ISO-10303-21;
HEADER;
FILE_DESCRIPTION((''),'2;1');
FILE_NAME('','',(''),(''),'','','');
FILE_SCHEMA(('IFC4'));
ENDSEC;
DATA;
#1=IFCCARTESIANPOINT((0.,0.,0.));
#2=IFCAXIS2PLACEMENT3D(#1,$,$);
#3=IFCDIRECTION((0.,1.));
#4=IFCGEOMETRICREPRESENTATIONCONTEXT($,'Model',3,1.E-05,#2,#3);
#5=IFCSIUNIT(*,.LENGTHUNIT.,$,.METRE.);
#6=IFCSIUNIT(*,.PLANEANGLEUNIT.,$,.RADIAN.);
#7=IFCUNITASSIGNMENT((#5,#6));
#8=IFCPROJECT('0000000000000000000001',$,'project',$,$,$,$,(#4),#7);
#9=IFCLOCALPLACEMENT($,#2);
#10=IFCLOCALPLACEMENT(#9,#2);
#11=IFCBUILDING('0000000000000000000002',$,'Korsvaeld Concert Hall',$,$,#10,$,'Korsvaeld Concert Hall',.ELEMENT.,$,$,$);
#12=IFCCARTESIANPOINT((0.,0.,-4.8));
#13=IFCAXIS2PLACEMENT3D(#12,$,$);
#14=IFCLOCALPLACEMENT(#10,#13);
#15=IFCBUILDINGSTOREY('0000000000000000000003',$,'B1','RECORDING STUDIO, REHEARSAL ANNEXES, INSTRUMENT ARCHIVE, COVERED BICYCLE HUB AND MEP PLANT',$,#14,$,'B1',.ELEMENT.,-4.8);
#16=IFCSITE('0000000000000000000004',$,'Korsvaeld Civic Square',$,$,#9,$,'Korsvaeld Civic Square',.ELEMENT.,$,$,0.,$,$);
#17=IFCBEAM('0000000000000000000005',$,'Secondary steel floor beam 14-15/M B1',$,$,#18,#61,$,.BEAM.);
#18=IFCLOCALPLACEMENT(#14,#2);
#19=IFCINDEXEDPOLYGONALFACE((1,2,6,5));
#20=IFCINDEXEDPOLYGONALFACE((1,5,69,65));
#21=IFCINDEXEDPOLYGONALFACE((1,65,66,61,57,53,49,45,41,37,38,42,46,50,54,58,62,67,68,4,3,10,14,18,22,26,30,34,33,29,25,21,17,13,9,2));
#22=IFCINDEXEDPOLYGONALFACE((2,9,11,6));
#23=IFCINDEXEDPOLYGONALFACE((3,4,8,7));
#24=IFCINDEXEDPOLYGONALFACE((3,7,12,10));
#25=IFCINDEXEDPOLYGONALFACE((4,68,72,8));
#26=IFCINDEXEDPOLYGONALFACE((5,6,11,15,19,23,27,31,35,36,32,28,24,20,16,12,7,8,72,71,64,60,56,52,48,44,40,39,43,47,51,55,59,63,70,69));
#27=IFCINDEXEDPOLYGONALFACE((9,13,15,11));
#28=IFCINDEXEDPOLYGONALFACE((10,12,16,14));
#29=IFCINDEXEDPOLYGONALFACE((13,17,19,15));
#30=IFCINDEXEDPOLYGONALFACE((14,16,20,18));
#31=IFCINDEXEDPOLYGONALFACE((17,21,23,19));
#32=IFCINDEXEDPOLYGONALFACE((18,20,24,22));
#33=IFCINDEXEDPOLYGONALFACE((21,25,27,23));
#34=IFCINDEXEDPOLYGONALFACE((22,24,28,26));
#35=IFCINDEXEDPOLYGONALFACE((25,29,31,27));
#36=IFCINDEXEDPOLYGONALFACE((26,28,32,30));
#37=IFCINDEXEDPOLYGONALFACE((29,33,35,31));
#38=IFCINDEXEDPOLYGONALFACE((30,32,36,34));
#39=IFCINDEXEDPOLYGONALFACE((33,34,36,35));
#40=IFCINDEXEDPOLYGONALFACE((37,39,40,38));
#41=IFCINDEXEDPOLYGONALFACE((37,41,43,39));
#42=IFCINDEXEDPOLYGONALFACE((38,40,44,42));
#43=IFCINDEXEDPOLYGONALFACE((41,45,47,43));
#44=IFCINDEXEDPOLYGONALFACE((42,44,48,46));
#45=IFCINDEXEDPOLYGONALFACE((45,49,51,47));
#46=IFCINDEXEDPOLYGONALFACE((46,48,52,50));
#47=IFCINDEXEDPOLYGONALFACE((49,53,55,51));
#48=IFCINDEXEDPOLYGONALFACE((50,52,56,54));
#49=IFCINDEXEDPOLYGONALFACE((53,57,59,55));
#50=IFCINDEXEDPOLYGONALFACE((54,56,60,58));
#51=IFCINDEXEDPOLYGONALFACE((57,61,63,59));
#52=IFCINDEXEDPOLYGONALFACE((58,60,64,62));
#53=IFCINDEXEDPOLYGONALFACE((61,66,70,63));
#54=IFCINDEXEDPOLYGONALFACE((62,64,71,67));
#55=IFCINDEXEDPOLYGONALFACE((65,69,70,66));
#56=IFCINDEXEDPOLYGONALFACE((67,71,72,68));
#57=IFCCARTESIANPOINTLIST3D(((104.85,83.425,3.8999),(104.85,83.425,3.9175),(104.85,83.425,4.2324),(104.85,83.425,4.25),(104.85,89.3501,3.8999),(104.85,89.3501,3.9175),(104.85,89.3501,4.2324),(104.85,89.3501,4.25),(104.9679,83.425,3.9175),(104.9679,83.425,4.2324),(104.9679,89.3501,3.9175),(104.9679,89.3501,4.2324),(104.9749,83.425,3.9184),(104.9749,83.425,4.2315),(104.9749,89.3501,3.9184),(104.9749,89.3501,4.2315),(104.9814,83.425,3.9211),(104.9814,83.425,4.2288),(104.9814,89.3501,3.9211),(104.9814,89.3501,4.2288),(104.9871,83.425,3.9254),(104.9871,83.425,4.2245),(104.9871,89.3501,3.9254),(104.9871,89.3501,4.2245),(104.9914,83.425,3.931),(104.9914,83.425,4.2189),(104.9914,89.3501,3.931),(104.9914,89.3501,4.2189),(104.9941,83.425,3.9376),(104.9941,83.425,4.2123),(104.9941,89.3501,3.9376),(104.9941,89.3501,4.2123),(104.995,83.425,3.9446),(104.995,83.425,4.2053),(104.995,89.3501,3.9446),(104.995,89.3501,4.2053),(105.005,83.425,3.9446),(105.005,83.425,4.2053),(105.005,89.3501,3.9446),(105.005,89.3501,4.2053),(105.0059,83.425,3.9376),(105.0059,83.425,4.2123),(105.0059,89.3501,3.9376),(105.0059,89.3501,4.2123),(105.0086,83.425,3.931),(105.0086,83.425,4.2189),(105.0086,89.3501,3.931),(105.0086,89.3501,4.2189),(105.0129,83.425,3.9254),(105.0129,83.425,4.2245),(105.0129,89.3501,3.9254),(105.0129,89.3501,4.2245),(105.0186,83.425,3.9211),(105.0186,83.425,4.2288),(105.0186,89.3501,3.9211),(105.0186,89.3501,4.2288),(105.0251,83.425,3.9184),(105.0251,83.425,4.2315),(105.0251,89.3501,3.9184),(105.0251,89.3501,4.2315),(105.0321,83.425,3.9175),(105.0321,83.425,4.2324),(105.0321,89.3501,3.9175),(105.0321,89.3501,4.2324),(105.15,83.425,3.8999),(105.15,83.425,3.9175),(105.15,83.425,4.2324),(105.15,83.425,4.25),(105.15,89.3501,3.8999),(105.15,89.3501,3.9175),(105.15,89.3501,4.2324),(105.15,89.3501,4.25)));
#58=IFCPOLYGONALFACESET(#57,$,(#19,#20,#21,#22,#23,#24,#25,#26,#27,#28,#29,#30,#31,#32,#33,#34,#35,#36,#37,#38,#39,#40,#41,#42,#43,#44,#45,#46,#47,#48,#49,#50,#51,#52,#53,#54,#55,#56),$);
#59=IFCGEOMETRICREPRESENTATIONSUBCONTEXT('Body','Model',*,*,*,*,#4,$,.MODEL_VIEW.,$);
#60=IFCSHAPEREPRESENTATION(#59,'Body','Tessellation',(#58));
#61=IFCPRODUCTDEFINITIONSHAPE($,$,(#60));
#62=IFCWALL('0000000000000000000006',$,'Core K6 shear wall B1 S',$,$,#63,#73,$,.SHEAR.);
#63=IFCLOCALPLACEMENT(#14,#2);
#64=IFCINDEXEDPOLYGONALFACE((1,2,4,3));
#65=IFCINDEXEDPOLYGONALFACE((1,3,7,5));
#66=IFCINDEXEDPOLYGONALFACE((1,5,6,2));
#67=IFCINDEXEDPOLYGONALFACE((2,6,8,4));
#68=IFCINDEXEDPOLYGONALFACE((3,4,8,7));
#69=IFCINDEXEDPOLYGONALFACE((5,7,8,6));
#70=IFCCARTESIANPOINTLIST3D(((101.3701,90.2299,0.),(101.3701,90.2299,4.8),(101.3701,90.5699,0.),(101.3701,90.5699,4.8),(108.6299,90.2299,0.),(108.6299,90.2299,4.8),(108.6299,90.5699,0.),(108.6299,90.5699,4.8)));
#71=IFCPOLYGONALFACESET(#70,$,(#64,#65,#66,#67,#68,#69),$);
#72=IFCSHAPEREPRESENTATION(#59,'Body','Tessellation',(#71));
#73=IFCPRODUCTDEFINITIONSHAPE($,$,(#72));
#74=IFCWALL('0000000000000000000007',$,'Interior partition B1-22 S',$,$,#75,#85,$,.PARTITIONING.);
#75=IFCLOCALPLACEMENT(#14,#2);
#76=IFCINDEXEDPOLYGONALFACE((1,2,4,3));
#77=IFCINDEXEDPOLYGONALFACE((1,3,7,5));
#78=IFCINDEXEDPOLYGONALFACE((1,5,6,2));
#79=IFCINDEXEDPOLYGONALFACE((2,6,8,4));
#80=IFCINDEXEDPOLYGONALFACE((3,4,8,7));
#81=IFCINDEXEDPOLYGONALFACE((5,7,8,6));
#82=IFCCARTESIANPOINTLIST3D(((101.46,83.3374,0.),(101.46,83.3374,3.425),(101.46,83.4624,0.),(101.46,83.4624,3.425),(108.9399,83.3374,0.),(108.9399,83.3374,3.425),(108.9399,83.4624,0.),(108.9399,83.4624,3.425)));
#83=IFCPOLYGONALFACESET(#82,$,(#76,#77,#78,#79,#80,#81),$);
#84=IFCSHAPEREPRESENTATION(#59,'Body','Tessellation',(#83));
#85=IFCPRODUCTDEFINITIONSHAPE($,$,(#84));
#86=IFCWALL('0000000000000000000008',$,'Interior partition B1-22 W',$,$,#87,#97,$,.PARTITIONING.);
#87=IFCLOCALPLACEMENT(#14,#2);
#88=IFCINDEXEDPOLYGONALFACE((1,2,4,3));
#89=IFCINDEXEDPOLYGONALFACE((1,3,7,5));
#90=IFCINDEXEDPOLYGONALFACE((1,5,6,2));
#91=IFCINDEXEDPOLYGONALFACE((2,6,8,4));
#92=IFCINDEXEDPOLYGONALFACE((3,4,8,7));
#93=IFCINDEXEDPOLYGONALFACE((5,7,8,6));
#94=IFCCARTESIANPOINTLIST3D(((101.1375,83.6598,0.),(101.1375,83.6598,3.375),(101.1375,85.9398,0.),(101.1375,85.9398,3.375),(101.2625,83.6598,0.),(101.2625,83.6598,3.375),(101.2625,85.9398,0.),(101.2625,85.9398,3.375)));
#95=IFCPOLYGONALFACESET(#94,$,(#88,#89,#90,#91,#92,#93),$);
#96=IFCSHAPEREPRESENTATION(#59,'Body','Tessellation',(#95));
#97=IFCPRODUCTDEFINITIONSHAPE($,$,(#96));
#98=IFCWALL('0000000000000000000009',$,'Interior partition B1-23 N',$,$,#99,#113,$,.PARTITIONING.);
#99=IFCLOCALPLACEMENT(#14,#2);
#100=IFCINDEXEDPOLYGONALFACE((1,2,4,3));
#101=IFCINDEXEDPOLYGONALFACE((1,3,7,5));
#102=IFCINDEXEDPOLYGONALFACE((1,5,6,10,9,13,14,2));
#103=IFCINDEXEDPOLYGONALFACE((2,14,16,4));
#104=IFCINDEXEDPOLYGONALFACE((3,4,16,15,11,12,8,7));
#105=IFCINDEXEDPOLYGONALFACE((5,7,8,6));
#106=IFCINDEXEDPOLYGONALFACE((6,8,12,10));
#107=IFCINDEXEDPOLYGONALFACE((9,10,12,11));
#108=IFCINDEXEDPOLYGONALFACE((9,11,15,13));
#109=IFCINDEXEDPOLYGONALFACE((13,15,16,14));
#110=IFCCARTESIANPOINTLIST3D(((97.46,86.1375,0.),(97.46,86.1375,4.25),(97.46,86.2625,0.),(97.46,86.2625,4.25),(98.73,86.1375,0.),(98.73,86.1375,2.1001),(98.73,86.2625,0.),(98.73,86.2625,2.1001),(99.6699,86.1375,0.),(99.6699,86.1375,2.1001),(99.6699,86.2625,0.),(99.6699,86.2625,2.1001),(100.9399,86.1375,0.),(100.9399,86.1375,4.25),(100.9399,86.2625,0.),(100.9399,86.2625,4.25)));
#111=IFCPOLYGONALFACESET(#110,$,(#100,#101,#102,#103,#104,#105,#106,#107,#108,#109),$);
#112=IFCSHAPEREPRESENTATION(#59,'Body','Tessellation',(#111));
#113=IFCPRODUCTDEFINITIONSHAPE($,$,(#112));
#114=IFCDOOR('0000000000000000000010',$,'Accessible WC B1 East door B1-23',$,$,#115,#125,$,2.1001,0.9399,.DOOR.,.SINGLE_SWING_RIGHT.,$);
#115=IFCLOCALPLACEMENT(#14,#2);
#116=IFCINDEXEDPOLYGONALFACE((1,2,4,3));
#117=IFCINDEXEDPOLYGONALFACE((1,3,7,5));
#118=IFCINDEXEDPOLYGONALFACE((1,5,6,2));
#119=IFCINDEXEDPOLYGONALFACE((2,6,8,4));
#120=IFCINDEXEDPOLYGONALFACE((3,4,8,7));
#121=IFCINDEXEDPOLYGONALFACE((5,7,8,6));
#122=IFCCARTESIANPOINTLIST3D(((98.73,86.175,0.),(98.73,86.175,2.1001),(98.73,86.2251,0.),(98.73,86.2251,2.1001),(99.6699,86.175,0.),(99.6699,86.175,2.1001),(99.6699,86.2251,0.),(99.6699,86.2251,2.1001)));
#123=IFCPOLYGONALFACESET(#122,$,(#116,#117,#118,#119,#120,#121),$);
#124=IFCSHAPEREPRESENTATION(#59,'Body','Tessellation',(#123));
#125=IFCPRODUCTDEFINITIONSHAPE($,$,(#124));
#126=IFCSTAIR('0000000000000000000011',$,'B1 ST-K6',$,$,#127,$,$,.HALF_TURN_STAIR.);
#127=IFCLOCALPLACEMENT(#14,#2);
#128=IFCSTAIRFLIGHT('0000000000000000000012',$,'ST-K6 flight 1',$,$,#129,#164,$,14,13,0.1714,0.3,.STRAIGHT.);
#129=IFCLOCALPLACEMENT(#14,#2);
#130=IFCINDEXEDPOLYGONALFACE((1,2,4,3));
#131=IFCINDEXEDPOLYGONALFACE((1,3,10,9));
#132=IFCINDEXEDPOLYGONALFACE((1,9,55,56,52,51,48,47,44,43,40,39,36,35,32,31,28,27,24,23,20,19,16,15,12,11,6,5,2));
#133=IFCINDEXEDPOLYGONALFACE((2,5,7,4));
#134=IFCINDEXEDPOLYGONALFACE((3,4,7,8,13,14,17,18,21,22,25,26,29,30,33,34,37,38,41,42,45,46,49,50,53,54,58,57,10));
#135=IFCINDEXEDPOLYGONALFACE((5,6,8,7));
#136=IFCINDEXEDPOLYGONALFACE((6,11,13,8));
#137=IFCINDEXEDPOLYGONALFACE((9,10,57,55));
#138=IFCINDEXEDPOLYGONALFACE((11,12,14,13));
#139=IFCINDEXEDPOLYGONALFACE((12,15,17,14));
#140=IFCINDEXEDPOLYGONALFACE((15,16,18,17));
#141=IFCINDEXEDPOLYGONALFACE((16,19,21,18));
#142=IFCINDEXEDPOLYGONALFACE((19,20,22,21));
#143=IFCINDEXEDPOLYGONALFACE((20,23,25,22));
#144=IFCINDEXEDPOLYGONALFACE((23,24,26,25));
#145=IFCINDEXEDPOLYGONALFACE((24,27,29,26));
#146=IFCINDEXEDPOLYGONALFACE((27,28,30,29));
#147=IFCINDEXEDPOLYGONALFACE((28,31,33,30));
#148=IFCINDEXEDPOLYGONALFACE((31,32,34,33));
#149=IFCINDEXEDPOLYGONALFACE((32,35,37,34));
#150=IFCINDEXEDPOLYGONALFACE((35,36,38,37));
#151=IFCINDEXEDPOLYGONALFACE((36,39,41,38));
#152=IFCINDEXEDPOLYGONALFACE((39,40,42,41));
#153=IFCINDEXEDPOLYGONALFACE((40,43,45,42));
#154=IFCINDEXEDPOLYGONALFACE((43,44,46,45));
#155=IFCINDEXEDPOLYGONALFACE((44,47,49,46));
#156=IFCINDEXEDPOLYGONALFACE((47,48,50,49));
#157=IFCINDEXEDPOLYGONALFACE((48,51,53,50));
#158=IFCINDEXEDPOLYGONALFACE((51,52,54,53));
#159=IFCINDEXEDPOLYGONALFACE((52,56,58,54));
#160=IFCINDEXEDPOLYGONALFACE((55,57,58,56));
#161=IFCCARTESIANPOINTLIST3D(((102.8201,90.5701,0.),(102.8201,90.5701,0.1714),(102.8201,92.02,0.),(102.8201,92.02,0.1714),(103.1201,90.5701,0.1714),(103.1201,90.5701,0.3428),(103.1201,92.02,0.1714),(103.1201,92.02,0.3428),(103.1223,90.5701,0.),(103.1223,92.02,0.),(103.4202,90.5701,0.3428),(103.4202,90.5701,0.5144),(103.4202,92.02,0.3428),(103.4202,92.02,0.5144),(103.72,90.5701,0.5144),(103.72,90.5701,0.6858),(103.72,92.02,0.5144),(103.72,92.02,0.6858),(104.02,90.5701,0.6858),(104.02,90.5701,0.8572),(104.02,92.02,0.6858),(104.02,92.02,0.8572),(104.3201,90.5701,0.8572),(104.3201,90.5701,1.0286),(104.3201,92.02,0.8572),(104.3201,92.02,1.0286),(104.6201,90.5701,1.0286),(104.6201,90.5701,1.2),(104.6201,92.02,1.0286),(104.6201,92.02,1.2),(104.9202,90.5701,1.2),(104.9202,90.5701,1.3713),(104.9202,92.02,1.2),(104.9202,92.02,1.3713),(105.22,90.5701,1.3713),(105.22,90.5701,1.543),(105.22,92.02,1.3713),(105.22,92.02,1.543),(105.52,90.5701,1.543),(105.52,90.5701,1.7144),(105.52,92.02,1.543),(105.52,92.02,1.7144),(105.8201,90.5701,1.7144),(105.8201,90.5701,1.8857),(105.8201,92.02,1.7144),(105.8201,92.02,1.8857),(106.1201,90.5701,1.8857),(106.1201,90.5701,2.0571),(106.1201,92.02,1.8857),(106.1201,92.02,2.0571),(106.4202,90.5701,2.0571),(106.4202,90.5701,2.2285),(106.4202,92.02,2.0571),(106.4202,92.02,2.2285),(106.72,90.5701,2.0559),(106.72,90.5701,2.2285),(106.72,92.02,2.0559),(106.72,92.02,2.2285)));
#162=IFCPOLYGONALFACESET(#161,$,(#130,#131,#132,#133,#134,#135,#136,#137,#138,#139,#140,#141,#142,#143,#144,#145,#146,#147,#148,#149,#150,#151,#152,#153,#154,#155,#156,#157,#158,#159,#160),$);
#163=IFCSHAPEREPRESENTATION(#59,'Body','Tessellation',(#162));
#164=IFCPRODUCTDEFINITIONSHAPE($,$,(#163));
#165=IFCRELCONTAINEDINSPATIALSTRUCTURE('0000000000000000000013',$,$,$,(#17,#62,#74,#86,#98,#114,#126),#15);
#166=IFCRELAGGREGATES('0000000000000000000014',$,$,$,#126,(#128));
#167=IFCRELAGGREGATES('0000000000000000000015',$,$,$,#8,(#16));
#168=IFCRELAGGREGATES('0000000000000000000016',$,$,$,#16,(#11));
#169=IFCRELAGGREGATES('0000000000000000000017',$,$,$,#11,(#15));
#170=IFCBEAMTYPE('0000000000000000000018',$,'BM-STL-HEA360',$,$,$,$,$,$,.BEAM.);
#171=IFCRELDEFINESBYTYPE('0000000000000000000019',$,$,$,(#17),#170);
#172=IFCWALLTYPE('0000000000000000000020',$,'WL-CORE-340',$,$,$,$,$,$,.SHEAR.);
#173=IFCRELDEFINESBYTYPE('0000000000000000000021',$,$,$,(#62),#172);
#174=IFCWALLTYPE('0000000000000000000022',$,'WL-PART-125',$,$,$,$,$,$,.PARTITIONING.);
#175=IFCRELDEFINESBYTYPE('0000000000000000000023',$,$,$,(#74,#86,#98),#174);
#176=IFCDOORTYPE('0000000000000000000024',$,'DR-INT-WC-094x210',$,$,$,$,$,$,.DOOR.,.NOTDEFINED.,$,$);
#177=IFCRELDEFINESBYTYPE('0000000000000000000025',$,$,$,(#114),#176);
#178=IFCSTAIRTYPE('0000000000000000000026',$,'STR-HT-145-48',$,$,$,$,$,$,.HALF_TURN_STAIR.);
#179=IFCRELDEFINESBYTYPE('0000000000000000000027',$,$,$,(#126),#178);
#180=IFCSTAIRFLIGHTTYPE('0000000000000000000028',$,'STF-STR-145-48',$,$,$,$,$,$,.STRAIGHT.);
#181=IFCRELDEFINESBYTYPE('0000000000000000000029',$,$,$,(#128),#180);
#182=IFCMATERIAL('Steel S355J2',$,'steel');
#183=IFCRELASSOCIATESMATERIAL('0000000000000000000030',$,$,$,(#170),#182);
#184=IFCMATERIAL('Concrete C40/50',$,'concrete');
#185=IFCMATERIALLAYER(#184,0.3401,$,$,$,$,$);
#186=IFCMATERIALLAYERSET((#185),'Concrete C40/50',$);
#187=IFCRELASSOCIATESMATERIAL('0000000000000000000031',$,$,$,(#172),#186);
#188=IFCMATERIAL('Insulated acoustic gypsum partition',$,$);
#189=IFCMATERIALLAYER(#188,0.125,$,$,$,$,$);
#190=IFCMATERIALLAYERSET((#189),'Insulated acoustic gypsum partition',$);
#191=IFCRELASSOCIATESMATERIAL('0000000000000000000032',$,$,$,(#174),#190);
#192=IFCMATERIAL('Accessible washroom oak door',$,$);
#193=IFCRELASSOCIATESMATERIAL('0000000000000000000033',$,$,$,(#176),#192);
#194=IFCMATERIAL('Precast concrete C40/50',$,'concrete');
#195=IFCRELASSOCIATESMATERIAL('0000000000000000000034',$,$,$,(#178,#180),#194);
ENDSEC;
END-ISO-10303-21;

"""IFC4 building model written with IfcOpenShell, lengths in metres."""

from ifc_helpers import new_model, si_unit, direction, frame, frame_2d, origin, origin_2d, place, context, subcontext, project, spatial, polyline, rectangle, i_section, outline, extrude, material, layer, layer_set, material_profile, profile_set, type_object, element, fill, aggregate, save


model = new_model("IFC4")

# Units and contexts
model_context = context("Model", 3, precision=1e-05, world=origin(), true_north=direction((0.0, 1.0)))
body_context = subcontext(model_context, "Body", "Model", "MODEL_VIEW")
ifc_project = project(units=[si_unit("LENGTHUNIT", "METRE"), si_unit("PLANEANGLEUNIT", "RADIAN")], contexts=[model_context])

# Site, building, storey
site_placement = place(None, origin())
site = spatial("IfcSite", under=ifc_project, at=site_placement, Name="Korsvaeld Civic Square", LongName="Korsvaeld Civic Square", CompositionType="ELEMENT", RefElevation=0.0)
building_placement = place(site_placement, origin())
building = spatial("IfcBuilding", under=site, at=building_placement, Name="Korsvaeld Concert Hall", LongName="Korsvaeld Concert Hall", CompositionType="ELEMENT")
storey_placement = place(building_placement, frame((0.0, 0.0, -4.8)))
storey = spatial("IfcBuildingStorey", under=building, at=storey_placement, Name="B1", Description="RECORDING STUDIO, REHEARSAL ANNEXES, INSTRUMENT ARCHIVE, COVERED BICYCLE HUB AND MEP PLANT", LongName="B1", CompositionType="ELEMENT", Elevation=-4.8)

# Shared definitions
ifc_material_1 = material(Name="Concrete C40/50", Category="concrete")

# Beam
ifc_material_2 = material(Name="Steel S355J2", Category="steel")
ifc_material_profile_1 = material_profile(ifc_material_2, i_section(OverallWidth=0.3, OverallDepth=0.3501, WebThickness=0.01, FlangeThickness=0.0176, FilletRadius=0.0271, at=origin_2d()), Name="HEA 360")
ifc_profile_set_1 = profile_set([ifc_material_profile_1], Name="Steel S355J2")
beam_type_1 = type_object("IfcBeamType", Name="BM-STL-HEA360", PredefinedType="BEAM", material=ifc_profile_set_1)
beam_1_placement = place(storey_placement, frame((105.0, 83.425, 4.075), z_axis=(0.0, 1.0, 0.0), x_axis=(-1.0, 0.0, 0.0)))
element("IfcBeam", 1, at=beam_1_placement, inside=storey, type_object=beam_type_1, Name="Secondary steel floor beam 14-15/M B1", PredefinedType="BEAM", context=body_context, shape_type="SweptSolid", body=[
    extrude(i_section(OverallWidth=0.3, OverallDepth=0.3501, WebThickness=0.01, FlangeThickness=0.0176, FilletRadius=0.0271, at=origin_2d()), origin(), (0.0, 0.0, 1.0), 5.925),
])

# Walls
ifc_layer_1 = layer(ifc_material_1, 0.3401)
ifc_layer_set_1 = layer_set([ifc_layer_1], Name="Concrete C40/50")
wall_type_1 = type_object("IfcWallType", Name="WL-CORE-340", PredefinedType="SHEAR", material=ifc_layer_set_1)
wall_1_placement = place(storey_placement, frame((101.3701, 90.3999, 0.0), z_axis=(0.0, 0.0, 1.0), x_axis=(1.0, 0.0, 0.0)))
element("IfcWall", 2, at=wall_1_placement, inside=storey, type_object=wall_type_1, Name="Core K6 shear wall B1 S", PredefinedType="SHEAR", context=body_context, shape_type="SweptSolid", body=[
    extrude(rectangle(XDim=7.2598, YDim=0.3401, at=frame_2d((3.6299, 0.0))), origin(), (0.0, 0.0, 1.0), 4.8),
])
ifc_material_3 = material(Name="Insulated acoustic gypsum partition")
ifc_layer_2 = layer(ifc_material_3, 0.125)
ifc_layer_set_2 = layer_set([ifc_layer_2], Name="Insulated acoustic gypsum partition")
wall_type_2 = type_object("IfcWallType", Name="WL-PART-125", PredefinedType="PARTITIONING", material=ifc_layer_set_2)
wall_2_placement = place(storey_placement, frame((101.46, 83.3999, 0.0), z_axis=(0.0, 0.0, 1.0), x_axis=(1.0, 0.0, 0.0)))
element("IfcWall", 3, at=wall_2_placement, inside=storey, type_object=wall_type_2, Name="Interior partition B1-22 S", PredefinedType="PARTITIONING", context=body_context, shape_type="SweptSolid", body=[
    extrude(rectangle(XDim=7.48, YDim=0.125, at=frame_2d((3.74, 0.0))), origin(), (0.0, 0.0, 1.0), 3.425),
])
wall_3_placement = place(storey_placement, frame((101.2, 85.9399, 0.0), z_axis=(0.0, 0.0, 1.0), x_axis=(0.0, -1.0, 0.0)))
element("IfcWall", 4, at=wall_3_placement, inside=storey, type_object=wall_type_2, Name="Interior partition B1-22 W", PredefinedType="PARTITIONING", context=body_context, shape_type="SweptSolid", body=[
    extrude(rectangle(XDim=2.28, YDim=0.125, at=frame_2d((1.1401, 0.0))), origin(), (0.0, 0.0, 1.0), 3.375),
])

# Wall, opening, door
wall_4_placement = place(storey_placement, frame((100.9399, 86.2, 0.0), z_axis=(0.0, 0.0, 1.0), x_axis=(-1.0, 0.0, 0.0)))
wall_4 = element("IfcWall", 5, at=wall_4_placement, inside=storey, type_object=wall_type_2, Name="Interior partition B1-23 N", PredefinedType="PARTITIONING", context=body_context, shape_type="SweptSolid", body=[
    extrude(rectangle(XDim=3.48, YDim=0.125, at=frame_2d((1.74, 0.0))), origin(), (0.0, 0.0, 1.0), 4.25),
])
opening_placement = place(wall_4_placement, frame((1.27, 0.0, 0.0)))
opening = element("IfcOpeningElement", 6, at=opening_placement, cuts=wall_4, PredefinedType="OPENING", context=body_context, shape_type="SweptSolid", body=[
    extrude(rectangle(XDim=0.9399, YDim=2.1001, at=frame_2d((0.47, 1.05))), frame((0.0, 0.0725, 0.0), z_axis=(0.0, -1.0, 0.0), x_axis=(1.0, 0.0, 0.0)), (0.0, 0.0, 1.0), 0.145),
])
ifc_material_4 = material(Name="Accessible washroom oak door")
door_type = type_object("IfcDoorType", Name="DR-INT-WC-094x210", OperationType="NOTDEFINED", PredefinedType="DOOR", material=ifc_material_4)
door_placement = place(opening_placement, origin())
door = element("IfcDoor", 7, at=door_placement, inside=storey, type_object=door_type, Name="Accessible WC B1 East door B1-23", OperationType="SINGLE_SWING_RIGHT", OverallHeight=2.1001, OverallWidth=0.9399, PredefinedType="DOOR", context=body_context, shape_type="SweptSolid", body=[
    extrude(rectangle(XDim=0.9399, YDim=2.1001, at=frame_2d((0.47, 1.05))), frame((0.0, 0.0249, 0.0), z_axis=(0.0, -1.0, 0.0), x_axis=(1.0, 0.0, 0.0)), (0.0, 0.0, 1.0), 0.05),
])
fill(opening, door)

# Stair, stair flight
ifc_material_5 = material(Name="Precast concrete C40/50", Category="concrete")
stair_type = type_object("IfcStairType", Name="STR-HT-145-48", PredefinedType="HALF_TURN_STAIR", material=ifc_material_5)
stair_placement = place(storey_placement, origin())
stair = element("IfcStair", 8, at=stair_placement, inside=storey, type_object=stair_type, Name="B1 ST-K6", PredefinedType="HALF_TURN_STAIR")
stair_flight_type = type_object("IfcStairFlightType", Name="STF-STR-145-48", PredefinedType="STRAIGHT", material=ifc_material_5)
stair_flight_placement = place(storey_placement, frame((102.8201, 91.2949, 0.0), z_axis=(0.0, 0.0, 1.0), x_axis=(1.0, 0.0, 0.0)))
stair_flight = element("IfcStairFlight", 9, at=stair_flight_placement, type_object=stair_flight_type, Name="ST-K6 flight 1", NumberOfRisers=14, NumberOfTreads=13, PredefinedType="STRAIGHT", RiserHeight=0.1714, TreadLength=0.3, context=body_context, shape_type="SweptSolid", body=[
    extrude(outline(polyline([(0.0, 0.0), (0.0, 0.1714), (0.3, 0.1714), (0.3, 0.3428), (0.6001, 0.3428), (0.6001, 0.5144), (0.8999, 0.5144), (0.8999, 0.6858), (1.2, 0.6858), (1.2, 0.8572), (1.5, 0.8572), (1.5, 1.0286), (1.8, 1.0286), (1.8, 1.2), (2.1001, 1.2), (2.1001, 1.3713), (2.3999, 1.3713), (2.3999, 1.543), (2.7, 1.543), (2.7, 1.7144), (3.0, 1.7144), (3.0, 1.8857), (3.3, 1.8857), (3.3, 2.0571), (3.6001, 2.0571), (3.6001, 2.2285), (3.8999, 2.2285), (3.8999, 2.3999), (3.8999, 2.0559), (0.3022, 0.0), (0.0, 0.0)])), frame((0.0, 0.7251, 0.0), z_axis=(0.0, -1.0, 0.0), x_axis=(1.0, 0.0, 0.0)), (0.0, 0.0, 1.0), 1.45),
])
aggregate(stair, [stair_flight])

save(model, "model.ifc")
